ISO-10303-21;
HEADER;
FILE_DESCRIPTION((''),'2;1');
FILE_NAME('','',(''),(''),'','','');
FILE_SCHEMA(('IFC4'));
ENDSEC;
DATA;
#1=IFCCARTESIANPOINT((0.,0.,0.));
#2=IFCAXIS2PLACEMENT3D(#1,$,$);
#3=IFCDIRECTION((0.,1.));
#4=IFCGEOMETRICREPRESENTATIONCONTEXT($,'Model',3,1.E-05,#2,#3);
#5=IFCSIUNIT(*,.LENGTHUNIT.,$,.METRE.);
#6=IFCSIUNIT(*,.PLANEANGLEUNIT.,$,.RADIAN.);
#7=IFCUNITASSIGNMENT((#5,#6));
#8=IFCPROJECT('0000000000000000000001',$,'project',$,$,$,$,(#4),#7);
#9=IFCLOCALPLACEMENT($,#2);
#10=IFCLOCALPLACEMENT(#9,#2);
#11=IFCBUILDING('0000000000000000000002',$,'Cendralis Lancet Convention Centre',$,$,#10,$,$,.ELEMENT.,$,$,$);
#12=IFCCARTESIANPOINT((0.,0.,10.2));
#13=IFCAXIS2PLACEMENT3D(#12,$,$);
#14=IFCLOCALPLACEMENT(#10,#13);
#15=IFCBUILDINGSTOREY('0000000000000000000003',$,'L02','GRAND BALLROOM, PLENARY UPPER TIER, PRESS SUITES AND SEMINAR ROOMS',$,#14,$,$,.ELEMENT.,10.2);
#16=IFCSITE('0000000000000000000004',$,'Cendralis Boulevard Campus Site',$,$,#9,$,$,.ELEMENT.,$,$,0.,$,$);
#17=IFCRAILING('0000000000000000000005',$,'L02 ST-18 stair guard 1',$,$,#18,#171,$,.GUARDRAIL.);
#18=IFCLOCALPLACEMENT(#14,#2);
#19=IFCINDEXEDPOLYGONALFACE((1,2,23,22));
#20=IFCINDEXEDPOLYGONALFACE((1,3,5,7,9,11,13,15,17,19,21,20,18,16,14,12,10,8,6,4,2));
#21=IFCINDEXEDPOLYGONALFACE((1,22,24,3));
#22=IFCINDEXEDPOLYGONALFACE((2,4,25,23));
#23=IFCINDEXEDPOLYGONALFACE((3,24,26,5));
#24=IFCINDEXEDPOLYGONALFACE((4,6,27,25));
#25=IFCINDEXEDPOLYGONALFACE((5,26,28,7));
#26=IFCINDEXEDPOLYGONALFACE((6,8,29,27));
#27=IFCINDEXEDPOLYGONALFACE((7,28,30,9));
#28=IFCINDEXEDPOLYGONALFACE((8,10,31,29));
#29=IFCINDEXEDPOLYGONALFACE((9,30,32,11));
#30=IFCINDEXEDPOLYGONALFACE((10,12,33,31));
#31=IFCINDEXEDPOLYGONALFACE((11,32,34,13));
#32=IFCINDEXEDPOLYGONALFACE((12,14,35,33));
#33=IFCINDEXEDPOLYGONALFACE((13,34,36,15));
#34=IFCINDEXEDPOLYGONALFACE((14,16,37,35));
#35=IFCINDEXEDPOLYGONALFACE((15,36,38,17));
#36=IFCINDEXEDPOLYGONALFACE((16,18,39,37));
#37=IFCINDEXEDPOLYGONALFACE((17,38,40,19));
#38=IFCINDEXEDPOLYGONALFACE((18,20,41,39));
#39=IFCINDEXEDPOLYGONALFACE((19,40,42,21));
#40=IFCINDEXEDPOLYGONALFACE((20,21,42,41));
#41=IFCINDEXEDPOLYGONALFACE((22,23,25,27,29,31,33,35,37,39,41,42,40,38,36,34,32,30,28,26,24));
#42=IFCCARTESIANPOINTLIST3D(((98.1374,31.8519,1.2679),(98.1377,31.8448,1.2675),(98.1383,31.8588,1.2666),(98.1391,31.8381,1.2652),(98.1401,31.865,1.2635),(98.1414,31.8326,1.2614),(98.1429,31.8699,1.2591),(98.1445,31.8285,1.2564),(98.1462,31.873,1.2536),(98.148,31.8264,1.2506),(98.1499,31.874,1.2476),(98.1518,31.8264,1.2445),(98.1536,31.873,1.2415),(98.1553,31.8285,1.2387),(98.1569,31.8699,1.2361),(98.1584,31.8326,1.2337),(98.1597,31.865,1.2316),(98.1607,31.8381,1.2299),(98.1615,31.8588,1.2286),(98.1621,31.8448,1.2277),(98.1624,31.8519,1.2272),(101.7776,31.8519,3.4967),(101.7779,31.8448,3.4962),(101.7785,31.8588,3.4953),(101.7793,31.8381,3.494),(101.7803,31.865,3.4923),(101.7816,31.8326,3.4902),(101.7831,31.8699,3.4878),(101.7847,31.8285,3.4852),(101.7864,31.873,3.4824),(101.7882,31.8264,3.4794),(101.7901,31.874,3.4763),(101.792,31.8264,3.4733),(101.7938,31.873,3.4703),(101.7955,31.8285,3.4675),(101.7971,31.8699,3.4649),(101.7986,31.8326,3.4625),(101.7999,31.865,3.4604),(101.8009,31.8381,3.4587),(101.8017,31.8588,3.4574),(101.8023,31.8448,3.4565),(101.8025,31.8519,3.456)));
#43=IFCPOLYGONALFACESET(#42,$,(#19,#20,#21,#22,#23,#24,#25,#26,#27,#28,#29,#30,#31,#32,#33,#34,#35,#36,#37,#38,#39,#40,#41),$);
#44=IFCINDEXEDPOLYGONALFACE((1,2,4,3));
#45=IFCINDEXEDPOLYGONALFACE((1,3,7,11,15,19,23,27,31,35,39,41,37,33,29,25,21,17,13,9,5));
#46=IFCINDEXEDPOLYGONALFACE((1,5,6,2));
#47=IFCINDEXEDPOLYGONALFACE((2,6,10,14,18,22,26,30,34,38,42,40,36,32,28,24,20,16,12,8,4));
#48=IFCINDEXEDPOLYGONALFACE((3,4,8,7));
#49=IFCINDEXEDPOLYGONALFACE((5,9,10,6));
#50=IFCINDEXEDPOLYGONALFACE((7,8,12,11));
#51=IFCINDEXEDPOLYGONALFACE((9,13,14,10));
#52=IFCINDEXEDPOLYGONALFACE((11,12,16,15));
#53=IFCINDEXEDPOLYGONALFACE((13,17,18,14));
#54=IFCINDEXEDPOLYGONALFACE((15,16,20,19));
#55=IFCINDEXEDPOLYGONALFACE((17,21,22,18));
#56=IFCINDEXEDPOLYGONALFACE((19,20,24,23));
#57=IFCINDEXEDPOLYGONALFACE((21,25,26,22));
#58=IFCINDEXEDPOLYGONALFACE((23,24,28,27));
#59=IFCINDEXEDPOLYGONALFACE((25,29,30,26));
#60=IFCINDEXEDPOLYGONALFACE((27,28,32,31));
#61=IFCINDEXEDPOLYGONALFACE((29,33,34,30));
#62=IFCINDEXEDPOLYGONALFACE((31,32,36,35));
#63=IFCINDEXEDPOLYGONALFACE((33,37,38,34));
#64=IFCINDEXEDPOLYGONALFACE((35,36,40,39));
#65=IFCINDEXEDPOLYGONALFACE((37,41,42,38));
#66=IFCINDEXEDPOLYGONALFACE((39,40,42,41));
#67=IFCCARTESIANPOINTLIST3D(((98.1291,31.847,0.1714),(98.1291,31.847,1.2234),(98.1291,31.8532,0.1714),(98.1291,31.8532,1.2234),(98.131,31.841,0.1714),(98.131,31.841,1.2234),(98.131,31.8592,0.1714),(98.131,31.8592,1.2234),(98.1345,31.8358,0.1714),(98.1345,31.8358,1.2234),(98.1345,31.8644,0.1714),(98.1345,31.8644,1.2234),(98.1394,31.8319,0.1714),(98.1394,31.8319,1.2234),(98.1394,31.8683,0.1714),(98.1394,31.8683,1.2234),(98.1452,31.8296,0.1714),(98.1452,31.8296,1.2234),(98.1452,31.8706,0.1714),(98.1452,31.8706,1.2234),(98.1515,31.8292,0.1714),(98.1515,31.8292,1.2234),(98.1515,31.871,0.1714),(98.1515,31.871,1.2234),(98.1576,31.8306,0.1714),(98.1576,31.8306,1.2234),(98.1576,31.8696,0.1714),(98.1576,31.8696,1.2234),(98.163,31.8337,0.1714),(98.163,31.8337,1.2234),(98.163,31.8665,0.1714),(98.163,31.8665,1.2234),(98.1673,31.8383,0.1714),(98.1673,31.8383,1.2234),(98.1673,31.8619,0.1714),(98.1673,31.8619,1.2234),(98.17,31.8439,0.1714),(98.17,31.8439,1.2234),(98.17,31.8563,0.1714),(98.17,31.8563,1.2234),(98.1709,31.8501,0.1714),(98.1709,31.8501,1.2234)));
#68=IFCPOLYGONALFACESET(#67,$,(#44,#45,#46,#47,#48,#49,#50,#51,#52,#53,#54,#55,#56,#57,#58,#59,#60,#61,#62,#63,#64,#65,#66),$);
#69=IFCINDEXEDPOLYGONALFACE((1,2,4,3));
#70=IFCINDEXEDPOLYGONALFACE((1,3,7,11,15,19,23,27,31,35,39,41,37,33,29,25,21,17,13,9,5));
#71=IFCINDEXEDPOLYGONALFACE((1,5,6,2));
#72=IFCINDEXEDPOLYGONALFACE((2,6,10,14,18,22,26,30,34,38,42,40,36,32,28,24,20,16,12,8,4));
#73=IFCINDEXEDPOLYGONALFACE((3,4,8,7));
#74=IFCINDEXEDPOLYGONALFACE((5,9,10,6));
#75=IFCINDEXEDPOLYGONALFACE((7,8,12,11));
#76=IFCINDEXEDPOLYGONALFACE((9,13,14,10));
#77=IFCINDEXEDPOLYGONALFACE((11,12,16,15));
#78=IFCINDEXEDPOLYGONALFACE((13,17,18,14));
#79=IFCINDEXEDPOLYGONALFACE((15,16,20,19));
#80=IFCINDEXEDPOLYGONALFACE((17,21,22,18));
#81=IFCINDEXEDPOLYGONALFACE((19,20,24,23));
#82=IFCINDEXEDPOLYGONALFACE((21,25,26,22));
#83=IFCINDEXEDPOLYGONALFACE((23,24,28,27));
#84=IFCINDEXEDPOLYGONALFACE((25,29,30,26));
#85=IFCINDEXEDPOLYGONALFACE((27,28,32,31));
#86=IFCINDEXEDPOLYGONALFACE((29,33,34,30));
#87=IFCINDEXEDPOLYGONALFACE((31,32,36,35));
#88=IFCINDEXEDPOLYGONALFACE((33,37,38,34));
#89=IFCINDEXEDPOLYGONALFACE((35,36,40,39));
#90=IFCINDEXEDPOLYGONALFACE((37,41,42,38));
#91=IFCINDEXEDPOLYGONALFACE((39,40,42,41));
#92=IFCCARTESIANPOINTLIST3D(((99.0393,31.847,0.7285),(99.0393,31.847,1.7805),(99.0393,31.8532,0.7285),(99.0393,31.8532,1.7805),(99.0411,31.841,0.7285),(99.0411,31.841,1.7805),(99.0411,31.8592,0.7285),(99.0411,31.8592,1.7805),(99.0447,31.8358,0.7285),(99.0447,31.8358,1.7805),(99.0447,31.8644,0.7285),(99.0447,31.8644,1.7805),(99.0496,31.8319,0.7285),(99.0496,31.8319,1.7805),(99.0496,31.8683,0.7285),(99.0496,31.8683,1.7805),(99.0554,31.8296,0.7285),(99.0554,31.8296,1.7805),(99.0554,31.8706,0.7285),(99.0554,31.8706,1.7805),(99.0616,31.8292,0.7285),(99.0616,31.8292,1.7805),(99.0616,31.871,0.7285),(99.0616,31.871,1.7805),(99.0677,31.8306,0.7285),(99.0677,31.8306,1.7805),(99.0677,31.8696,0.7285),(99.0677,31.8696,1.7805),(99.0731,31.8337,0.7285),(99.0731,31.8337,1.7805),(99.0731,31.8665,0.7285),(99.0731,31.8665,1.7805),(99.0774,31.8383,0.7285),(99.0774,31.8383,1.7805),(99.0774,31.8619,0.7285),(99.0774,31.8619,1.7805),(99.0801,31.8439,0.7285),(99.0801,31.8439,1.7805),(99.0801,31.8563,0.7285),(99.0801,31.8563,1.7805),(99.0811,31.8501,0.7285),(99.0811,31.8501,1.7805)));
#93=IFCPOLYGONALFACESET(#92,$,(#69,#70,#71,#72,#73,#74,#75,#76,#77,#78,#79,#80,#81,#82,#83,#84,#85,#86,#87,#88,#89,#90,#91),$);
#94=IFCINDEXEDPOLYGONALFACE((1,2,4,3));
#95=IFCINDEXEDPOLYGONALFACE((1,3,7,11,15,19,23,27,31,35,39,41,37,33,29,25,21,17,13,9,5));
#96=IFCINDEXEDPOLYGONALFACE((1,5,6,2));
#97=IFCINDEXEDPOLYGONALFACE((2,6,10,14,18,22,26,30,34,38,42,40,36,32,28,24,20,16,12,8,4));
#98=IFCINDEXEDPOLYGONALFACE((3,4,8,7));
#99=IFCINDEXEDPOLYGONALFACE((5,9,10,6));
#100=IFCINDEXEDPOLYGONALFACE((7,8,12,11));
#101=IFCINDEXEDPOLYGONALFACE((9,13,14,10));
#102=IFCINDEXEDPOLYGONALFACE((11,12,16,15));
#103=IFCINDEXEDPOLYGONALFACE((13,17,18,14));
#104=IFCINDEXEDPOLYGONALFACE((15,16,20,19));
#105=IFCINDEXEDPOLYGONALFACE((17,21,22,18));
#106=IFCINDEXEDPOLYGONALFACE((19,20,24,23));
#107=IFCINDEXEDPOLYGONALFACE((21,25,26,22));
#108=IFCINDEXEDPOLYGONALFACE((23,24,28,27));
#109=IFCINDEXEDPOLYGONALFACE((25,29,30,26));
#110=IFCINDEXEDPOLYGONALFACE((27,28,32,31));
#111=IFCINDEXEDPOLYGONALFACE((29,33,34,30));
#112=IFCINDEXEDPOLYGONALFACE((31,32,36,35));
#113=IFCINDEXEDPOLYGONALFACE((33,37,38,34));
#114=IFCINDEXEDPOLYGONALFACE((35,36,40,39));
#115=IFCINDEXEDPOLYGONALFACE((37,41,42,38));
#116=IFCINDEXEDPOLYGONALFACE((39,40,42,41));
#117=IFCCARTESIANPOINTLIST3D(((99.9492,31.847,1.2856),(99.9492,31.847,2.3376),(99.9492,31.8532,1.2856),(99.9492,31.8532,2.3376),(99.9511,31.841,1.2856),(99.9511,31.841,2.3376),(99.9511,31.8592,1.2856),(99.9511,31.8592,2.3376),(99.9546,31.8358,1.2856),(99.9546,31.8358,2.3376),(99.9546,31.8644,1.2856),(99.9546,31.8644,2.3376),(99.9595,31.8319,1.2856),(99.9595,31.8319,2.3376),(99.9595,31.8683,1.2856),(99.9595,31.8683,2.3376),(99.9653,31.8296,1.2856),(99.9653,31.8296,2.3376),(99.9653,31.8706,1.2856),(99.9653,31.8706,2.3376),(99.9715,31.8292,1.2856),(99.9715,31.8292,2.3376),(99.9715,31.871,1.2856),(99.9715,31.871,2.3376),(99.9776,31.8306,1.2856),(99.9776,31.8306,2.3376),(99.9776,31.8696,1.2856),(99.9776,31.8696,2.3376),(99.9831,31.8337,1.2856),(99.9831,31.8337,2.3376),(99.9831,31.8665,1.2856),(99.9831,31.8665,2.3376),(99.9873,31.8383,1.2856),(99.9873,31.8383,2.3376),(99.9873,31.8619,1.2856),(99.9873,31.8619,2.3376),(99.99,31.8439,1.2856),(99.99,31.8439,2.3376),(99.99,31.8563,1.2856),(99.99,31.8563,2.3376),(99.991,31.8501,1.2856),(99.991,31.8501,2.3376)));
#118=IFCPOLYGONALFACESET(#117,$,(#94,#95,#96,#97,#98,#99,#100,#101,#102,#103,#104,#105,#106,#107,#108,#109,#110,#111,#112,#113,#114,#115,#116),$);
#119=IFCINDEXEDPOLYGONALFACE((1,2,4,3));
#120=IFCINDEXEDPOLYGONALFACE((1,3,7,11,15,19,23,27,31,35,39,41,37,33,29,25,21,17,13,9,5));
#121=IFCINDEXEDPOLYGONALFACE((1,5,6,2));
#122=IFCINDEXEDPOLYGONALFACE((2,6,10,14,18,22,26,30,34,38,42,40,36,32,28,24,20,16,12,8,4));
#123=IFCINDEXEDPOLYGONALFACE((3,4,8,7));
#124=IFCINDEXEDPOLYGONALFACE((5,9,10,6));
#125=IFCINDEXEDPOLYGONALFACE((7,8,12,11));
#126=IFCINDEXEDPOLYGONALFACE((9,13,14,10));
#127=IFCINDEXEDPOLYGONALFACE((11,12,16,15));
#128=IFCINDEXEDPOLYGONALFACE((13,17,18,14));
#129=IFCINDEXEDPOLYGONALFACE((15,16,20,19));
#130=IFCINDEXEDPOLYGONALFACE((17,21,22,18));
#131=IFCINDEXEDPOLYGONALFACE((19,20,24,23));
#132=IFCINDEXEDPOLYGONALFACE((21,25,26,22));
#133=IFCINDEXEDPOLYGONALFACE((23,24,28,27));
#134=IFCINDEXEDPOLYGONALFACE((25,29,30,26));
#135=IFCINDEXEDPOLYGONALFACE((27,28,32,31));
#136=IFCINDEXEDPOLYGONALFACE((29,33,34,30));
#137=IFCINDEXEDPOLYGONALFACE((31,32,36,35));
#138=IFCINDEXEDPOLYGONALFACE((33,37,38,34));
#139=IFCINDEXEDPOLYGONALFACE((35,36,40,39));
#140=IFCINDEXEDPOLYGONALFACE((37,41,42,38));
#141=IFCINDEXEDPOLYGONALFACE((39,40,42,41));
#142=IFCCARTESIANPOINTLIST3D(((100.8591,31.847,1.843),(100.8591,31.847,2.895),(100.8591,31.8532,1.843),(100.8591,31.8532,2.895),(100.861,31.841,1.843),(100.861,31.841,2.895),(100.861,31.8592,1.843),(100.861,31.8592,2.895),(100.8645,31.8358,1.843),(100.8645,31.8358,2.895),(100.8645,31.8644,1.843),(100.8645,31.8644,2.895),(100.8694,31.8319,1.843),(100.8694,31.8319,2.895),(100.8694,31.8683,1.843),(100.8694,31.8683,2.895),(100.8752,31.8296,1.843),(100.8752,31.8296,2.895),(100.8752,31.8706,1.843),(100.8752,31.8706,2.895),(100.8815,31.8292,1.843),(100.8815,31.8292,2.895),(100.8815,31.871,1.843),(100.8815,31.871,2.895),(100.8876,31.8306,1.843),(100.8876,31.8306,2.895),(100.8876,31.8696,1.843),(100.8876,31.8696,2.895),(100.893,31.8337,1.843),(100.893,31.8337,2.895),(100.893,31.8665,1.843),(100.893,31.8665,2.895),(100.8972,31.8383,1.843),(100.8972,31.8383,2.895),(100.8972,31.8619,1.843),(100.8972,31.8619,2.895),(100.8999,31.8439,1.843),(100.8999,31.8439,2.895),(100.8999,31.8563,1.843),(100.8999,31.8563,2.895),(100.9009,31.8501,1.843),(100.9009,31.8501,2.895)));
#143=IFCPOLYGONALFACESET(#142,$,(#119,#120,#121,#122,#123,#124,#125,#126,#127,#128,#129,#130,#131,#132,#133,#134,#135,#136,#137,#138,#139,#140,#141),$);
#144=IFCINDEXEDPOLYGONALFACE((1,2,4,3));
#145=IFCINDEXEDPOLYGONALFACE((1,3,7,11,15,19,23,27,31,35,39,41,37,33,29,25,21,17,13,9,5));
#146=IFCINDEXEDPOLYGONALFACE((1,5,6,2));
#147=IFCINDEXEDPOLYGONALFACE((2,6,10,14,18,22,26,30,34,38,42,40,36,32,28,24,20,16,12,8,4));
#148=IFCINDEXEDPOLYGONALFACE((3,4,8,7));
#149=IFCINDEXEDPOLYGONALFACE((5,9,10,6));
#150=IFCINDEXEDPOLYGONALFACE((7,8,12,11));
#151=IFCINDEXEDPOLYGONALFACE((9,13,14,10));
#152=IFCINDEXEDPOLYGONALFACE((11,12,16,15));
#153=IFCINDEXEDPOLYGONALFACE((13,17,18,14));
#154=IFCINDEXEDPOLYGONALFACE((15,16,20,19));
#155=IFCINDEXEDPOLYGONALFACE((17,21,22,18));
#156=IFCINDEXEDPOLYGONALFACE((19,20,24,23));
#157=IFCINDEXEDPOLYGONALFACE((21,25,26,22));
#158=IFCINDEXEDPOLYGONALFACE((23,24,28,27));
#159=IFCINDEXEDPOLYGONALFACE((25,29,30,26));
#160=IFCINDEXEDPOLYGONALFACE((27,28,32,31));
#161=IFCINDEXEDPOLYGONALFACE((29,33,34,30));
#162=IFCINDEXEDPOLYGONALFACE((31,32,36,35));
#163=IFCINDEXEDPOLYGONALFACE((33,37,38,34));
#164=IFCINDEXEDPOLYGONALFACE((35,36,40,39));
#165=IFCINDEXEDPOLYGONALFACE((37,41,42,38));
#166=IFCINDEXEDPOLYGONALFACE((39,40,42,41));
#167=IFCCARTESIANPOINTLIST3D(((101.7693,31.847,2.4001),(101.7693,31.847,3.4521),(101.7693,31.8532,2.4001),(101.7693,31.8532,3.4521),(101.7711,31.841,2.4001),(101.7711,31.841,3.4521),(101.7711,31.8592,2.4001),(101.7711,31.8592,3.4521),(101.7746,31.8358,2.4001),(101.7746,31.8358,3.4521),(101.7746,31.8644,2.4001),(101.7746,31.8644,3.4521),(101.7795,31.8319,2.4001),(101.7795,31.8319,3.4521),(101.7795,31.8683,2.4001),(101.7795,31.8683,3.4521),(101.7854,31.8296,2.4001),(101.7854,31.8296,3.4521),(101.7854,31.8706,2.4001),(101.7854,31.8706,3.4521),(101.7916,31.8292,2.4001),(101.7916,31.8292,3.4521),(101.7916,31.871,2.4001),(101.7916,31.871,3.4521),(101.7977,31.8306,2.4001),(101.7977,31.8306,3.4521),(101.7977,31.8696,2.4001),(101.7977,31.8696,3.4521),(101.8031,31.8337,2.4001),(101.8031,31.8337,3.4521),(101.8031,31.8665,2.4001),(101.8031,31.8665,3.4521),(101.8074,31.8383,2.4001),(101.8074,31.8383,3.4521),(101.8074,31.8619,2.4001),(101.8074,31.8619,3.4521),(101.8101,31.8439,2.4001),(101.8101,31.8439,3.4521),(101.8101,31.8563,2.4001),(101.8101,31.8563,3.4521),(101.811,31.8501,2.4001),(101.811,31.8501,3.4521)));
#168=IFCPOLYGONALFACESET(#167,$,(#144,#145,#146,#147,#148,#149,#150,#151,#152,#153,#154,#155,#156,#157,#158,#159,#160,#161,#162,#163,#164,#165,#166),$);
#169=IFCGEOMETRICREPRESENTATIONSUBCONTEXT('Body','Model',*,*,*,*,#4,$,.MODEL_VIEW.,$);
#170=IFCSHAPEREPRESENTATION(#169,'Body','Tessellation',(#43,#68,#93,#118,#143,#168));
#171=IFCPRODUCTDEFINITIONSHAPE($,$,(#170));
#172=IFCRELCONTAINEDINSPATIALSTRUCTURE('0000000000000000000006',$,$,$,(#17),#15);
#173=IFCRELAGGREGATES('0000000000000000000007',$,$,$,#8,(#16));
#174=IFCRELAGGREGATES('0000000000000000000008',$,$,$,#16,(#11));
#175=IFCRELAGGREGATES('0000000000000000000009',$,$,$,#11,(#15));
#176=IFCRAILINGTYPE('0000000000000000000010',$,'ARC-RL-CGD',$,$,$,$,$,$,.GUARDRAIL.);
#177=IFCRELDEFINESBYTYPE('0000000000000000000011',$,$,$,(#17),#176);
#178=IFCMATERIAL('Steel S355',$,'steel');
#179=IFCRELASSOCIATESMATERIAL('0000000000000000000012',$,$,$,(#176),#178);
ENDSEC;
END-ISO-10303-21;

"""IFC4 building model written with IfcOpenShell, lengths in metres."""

from ifc_helpers import new_model, si_unit, direction, frame, origin, origin_2d, place, context, subcontext, project, spatial, circle, extrude, material, type_object, element, save


model = new_model("IFC4")

# Units and contexts
model_context = context("Model", 3, precision=1e-05, world=origin(), true_north=direction((0.0, 1.0)))
body_context = subcontext(model_context, "Body", "Model", "MODEL_VIEW")
ifc_project = project(units=[si_unit("LENGTHUNIT", "METRE"), si_unit("PLANEANGLEUNIT", "RADIAN")], contexts=[model_context])

# Site, building, storey
site_placement = place(None, origin())
site = spatial("IfcSite", under=ifc_project, at=site_placement, Name="Cendralis Boulevard Campus Site", CompositionType="ELEMENT", RefElevation=0.0)
building_placement = place(site_placement, origin())
building = spatial("IfcBuilding", under=site, at=building_placement, Name="Cendralis Lancet Convention Centre", CompositionType="ELEMENT")
storey_placement = place(building_placement, frame((0.0, 0.0, 10.2)))
storey = spatial("IfcBuildingStorey", under=building, at=storey_placement, Name="L02", Description="GRAND BALLROOM, PLENARY UPPER TIER, PRESS SUITES AND SEMINAR ROOMS", CompositionType="ELEMENT", Elevation=10.2)

# Shared definitions
ifc_material_1 = material(Name="Steel S355", Category="steel")

# Railing
railing_type_1 = type_object("IfcRailingType", Name="ARC-RL-CGD", PredefinedType="GUARDRAIL", material=ifc_material_1)
railing_1_placement = place(storey_placement, frame((98.1499, 31.8501, 0.1714)))
element("IfcRailing", 1, at=railing_1_placement, inside=storey, type_object=railing_type_1, Name="L02 ST-18 stair guard 1", PredefinedType="GUARDRAIL", context=body_context, shape_type="SweptSolid", body=[
    extrude(circle(Radius=0.0239, at=origin_2d()), frame((0.0, 0.0, 1.0762), z_axis=(0.85284, 0.0, 0.522172), x_axis=(0.0, 1.0, 0.0)), (0.0, 0.0, 1.0), 4.2683),
    extrude(circle(Radius=0.021, at=origin_2d()), origin(), (0.0, 0.0, 1.0), 1.052),
    extrude(circle(Radius=0.021, at=origin_2d()), frame((0.9102, 0.0, 0.5571)), (0.0, 0.0, 1.0), 1.052),
    extrude(circle(Radius=0.021, at=origin_2d()), frame((1.8201, 0.0, 1.1143)), (0.0, 0.0, 1.0), 1.052),
    extrude(circle(Radius=0.021, at=origin_2d()), frame((2.73, 0.0, 1.6716)), (0.0, 0.0, 1.0), 1.052),
    extrude(circle(Radius=0.021, at=origin_2d()), frame((3.6401, 0.0, 2.2288)), (0.0, 0.0, 1.0), 1.052),
])

save(model, "model.ifc")
